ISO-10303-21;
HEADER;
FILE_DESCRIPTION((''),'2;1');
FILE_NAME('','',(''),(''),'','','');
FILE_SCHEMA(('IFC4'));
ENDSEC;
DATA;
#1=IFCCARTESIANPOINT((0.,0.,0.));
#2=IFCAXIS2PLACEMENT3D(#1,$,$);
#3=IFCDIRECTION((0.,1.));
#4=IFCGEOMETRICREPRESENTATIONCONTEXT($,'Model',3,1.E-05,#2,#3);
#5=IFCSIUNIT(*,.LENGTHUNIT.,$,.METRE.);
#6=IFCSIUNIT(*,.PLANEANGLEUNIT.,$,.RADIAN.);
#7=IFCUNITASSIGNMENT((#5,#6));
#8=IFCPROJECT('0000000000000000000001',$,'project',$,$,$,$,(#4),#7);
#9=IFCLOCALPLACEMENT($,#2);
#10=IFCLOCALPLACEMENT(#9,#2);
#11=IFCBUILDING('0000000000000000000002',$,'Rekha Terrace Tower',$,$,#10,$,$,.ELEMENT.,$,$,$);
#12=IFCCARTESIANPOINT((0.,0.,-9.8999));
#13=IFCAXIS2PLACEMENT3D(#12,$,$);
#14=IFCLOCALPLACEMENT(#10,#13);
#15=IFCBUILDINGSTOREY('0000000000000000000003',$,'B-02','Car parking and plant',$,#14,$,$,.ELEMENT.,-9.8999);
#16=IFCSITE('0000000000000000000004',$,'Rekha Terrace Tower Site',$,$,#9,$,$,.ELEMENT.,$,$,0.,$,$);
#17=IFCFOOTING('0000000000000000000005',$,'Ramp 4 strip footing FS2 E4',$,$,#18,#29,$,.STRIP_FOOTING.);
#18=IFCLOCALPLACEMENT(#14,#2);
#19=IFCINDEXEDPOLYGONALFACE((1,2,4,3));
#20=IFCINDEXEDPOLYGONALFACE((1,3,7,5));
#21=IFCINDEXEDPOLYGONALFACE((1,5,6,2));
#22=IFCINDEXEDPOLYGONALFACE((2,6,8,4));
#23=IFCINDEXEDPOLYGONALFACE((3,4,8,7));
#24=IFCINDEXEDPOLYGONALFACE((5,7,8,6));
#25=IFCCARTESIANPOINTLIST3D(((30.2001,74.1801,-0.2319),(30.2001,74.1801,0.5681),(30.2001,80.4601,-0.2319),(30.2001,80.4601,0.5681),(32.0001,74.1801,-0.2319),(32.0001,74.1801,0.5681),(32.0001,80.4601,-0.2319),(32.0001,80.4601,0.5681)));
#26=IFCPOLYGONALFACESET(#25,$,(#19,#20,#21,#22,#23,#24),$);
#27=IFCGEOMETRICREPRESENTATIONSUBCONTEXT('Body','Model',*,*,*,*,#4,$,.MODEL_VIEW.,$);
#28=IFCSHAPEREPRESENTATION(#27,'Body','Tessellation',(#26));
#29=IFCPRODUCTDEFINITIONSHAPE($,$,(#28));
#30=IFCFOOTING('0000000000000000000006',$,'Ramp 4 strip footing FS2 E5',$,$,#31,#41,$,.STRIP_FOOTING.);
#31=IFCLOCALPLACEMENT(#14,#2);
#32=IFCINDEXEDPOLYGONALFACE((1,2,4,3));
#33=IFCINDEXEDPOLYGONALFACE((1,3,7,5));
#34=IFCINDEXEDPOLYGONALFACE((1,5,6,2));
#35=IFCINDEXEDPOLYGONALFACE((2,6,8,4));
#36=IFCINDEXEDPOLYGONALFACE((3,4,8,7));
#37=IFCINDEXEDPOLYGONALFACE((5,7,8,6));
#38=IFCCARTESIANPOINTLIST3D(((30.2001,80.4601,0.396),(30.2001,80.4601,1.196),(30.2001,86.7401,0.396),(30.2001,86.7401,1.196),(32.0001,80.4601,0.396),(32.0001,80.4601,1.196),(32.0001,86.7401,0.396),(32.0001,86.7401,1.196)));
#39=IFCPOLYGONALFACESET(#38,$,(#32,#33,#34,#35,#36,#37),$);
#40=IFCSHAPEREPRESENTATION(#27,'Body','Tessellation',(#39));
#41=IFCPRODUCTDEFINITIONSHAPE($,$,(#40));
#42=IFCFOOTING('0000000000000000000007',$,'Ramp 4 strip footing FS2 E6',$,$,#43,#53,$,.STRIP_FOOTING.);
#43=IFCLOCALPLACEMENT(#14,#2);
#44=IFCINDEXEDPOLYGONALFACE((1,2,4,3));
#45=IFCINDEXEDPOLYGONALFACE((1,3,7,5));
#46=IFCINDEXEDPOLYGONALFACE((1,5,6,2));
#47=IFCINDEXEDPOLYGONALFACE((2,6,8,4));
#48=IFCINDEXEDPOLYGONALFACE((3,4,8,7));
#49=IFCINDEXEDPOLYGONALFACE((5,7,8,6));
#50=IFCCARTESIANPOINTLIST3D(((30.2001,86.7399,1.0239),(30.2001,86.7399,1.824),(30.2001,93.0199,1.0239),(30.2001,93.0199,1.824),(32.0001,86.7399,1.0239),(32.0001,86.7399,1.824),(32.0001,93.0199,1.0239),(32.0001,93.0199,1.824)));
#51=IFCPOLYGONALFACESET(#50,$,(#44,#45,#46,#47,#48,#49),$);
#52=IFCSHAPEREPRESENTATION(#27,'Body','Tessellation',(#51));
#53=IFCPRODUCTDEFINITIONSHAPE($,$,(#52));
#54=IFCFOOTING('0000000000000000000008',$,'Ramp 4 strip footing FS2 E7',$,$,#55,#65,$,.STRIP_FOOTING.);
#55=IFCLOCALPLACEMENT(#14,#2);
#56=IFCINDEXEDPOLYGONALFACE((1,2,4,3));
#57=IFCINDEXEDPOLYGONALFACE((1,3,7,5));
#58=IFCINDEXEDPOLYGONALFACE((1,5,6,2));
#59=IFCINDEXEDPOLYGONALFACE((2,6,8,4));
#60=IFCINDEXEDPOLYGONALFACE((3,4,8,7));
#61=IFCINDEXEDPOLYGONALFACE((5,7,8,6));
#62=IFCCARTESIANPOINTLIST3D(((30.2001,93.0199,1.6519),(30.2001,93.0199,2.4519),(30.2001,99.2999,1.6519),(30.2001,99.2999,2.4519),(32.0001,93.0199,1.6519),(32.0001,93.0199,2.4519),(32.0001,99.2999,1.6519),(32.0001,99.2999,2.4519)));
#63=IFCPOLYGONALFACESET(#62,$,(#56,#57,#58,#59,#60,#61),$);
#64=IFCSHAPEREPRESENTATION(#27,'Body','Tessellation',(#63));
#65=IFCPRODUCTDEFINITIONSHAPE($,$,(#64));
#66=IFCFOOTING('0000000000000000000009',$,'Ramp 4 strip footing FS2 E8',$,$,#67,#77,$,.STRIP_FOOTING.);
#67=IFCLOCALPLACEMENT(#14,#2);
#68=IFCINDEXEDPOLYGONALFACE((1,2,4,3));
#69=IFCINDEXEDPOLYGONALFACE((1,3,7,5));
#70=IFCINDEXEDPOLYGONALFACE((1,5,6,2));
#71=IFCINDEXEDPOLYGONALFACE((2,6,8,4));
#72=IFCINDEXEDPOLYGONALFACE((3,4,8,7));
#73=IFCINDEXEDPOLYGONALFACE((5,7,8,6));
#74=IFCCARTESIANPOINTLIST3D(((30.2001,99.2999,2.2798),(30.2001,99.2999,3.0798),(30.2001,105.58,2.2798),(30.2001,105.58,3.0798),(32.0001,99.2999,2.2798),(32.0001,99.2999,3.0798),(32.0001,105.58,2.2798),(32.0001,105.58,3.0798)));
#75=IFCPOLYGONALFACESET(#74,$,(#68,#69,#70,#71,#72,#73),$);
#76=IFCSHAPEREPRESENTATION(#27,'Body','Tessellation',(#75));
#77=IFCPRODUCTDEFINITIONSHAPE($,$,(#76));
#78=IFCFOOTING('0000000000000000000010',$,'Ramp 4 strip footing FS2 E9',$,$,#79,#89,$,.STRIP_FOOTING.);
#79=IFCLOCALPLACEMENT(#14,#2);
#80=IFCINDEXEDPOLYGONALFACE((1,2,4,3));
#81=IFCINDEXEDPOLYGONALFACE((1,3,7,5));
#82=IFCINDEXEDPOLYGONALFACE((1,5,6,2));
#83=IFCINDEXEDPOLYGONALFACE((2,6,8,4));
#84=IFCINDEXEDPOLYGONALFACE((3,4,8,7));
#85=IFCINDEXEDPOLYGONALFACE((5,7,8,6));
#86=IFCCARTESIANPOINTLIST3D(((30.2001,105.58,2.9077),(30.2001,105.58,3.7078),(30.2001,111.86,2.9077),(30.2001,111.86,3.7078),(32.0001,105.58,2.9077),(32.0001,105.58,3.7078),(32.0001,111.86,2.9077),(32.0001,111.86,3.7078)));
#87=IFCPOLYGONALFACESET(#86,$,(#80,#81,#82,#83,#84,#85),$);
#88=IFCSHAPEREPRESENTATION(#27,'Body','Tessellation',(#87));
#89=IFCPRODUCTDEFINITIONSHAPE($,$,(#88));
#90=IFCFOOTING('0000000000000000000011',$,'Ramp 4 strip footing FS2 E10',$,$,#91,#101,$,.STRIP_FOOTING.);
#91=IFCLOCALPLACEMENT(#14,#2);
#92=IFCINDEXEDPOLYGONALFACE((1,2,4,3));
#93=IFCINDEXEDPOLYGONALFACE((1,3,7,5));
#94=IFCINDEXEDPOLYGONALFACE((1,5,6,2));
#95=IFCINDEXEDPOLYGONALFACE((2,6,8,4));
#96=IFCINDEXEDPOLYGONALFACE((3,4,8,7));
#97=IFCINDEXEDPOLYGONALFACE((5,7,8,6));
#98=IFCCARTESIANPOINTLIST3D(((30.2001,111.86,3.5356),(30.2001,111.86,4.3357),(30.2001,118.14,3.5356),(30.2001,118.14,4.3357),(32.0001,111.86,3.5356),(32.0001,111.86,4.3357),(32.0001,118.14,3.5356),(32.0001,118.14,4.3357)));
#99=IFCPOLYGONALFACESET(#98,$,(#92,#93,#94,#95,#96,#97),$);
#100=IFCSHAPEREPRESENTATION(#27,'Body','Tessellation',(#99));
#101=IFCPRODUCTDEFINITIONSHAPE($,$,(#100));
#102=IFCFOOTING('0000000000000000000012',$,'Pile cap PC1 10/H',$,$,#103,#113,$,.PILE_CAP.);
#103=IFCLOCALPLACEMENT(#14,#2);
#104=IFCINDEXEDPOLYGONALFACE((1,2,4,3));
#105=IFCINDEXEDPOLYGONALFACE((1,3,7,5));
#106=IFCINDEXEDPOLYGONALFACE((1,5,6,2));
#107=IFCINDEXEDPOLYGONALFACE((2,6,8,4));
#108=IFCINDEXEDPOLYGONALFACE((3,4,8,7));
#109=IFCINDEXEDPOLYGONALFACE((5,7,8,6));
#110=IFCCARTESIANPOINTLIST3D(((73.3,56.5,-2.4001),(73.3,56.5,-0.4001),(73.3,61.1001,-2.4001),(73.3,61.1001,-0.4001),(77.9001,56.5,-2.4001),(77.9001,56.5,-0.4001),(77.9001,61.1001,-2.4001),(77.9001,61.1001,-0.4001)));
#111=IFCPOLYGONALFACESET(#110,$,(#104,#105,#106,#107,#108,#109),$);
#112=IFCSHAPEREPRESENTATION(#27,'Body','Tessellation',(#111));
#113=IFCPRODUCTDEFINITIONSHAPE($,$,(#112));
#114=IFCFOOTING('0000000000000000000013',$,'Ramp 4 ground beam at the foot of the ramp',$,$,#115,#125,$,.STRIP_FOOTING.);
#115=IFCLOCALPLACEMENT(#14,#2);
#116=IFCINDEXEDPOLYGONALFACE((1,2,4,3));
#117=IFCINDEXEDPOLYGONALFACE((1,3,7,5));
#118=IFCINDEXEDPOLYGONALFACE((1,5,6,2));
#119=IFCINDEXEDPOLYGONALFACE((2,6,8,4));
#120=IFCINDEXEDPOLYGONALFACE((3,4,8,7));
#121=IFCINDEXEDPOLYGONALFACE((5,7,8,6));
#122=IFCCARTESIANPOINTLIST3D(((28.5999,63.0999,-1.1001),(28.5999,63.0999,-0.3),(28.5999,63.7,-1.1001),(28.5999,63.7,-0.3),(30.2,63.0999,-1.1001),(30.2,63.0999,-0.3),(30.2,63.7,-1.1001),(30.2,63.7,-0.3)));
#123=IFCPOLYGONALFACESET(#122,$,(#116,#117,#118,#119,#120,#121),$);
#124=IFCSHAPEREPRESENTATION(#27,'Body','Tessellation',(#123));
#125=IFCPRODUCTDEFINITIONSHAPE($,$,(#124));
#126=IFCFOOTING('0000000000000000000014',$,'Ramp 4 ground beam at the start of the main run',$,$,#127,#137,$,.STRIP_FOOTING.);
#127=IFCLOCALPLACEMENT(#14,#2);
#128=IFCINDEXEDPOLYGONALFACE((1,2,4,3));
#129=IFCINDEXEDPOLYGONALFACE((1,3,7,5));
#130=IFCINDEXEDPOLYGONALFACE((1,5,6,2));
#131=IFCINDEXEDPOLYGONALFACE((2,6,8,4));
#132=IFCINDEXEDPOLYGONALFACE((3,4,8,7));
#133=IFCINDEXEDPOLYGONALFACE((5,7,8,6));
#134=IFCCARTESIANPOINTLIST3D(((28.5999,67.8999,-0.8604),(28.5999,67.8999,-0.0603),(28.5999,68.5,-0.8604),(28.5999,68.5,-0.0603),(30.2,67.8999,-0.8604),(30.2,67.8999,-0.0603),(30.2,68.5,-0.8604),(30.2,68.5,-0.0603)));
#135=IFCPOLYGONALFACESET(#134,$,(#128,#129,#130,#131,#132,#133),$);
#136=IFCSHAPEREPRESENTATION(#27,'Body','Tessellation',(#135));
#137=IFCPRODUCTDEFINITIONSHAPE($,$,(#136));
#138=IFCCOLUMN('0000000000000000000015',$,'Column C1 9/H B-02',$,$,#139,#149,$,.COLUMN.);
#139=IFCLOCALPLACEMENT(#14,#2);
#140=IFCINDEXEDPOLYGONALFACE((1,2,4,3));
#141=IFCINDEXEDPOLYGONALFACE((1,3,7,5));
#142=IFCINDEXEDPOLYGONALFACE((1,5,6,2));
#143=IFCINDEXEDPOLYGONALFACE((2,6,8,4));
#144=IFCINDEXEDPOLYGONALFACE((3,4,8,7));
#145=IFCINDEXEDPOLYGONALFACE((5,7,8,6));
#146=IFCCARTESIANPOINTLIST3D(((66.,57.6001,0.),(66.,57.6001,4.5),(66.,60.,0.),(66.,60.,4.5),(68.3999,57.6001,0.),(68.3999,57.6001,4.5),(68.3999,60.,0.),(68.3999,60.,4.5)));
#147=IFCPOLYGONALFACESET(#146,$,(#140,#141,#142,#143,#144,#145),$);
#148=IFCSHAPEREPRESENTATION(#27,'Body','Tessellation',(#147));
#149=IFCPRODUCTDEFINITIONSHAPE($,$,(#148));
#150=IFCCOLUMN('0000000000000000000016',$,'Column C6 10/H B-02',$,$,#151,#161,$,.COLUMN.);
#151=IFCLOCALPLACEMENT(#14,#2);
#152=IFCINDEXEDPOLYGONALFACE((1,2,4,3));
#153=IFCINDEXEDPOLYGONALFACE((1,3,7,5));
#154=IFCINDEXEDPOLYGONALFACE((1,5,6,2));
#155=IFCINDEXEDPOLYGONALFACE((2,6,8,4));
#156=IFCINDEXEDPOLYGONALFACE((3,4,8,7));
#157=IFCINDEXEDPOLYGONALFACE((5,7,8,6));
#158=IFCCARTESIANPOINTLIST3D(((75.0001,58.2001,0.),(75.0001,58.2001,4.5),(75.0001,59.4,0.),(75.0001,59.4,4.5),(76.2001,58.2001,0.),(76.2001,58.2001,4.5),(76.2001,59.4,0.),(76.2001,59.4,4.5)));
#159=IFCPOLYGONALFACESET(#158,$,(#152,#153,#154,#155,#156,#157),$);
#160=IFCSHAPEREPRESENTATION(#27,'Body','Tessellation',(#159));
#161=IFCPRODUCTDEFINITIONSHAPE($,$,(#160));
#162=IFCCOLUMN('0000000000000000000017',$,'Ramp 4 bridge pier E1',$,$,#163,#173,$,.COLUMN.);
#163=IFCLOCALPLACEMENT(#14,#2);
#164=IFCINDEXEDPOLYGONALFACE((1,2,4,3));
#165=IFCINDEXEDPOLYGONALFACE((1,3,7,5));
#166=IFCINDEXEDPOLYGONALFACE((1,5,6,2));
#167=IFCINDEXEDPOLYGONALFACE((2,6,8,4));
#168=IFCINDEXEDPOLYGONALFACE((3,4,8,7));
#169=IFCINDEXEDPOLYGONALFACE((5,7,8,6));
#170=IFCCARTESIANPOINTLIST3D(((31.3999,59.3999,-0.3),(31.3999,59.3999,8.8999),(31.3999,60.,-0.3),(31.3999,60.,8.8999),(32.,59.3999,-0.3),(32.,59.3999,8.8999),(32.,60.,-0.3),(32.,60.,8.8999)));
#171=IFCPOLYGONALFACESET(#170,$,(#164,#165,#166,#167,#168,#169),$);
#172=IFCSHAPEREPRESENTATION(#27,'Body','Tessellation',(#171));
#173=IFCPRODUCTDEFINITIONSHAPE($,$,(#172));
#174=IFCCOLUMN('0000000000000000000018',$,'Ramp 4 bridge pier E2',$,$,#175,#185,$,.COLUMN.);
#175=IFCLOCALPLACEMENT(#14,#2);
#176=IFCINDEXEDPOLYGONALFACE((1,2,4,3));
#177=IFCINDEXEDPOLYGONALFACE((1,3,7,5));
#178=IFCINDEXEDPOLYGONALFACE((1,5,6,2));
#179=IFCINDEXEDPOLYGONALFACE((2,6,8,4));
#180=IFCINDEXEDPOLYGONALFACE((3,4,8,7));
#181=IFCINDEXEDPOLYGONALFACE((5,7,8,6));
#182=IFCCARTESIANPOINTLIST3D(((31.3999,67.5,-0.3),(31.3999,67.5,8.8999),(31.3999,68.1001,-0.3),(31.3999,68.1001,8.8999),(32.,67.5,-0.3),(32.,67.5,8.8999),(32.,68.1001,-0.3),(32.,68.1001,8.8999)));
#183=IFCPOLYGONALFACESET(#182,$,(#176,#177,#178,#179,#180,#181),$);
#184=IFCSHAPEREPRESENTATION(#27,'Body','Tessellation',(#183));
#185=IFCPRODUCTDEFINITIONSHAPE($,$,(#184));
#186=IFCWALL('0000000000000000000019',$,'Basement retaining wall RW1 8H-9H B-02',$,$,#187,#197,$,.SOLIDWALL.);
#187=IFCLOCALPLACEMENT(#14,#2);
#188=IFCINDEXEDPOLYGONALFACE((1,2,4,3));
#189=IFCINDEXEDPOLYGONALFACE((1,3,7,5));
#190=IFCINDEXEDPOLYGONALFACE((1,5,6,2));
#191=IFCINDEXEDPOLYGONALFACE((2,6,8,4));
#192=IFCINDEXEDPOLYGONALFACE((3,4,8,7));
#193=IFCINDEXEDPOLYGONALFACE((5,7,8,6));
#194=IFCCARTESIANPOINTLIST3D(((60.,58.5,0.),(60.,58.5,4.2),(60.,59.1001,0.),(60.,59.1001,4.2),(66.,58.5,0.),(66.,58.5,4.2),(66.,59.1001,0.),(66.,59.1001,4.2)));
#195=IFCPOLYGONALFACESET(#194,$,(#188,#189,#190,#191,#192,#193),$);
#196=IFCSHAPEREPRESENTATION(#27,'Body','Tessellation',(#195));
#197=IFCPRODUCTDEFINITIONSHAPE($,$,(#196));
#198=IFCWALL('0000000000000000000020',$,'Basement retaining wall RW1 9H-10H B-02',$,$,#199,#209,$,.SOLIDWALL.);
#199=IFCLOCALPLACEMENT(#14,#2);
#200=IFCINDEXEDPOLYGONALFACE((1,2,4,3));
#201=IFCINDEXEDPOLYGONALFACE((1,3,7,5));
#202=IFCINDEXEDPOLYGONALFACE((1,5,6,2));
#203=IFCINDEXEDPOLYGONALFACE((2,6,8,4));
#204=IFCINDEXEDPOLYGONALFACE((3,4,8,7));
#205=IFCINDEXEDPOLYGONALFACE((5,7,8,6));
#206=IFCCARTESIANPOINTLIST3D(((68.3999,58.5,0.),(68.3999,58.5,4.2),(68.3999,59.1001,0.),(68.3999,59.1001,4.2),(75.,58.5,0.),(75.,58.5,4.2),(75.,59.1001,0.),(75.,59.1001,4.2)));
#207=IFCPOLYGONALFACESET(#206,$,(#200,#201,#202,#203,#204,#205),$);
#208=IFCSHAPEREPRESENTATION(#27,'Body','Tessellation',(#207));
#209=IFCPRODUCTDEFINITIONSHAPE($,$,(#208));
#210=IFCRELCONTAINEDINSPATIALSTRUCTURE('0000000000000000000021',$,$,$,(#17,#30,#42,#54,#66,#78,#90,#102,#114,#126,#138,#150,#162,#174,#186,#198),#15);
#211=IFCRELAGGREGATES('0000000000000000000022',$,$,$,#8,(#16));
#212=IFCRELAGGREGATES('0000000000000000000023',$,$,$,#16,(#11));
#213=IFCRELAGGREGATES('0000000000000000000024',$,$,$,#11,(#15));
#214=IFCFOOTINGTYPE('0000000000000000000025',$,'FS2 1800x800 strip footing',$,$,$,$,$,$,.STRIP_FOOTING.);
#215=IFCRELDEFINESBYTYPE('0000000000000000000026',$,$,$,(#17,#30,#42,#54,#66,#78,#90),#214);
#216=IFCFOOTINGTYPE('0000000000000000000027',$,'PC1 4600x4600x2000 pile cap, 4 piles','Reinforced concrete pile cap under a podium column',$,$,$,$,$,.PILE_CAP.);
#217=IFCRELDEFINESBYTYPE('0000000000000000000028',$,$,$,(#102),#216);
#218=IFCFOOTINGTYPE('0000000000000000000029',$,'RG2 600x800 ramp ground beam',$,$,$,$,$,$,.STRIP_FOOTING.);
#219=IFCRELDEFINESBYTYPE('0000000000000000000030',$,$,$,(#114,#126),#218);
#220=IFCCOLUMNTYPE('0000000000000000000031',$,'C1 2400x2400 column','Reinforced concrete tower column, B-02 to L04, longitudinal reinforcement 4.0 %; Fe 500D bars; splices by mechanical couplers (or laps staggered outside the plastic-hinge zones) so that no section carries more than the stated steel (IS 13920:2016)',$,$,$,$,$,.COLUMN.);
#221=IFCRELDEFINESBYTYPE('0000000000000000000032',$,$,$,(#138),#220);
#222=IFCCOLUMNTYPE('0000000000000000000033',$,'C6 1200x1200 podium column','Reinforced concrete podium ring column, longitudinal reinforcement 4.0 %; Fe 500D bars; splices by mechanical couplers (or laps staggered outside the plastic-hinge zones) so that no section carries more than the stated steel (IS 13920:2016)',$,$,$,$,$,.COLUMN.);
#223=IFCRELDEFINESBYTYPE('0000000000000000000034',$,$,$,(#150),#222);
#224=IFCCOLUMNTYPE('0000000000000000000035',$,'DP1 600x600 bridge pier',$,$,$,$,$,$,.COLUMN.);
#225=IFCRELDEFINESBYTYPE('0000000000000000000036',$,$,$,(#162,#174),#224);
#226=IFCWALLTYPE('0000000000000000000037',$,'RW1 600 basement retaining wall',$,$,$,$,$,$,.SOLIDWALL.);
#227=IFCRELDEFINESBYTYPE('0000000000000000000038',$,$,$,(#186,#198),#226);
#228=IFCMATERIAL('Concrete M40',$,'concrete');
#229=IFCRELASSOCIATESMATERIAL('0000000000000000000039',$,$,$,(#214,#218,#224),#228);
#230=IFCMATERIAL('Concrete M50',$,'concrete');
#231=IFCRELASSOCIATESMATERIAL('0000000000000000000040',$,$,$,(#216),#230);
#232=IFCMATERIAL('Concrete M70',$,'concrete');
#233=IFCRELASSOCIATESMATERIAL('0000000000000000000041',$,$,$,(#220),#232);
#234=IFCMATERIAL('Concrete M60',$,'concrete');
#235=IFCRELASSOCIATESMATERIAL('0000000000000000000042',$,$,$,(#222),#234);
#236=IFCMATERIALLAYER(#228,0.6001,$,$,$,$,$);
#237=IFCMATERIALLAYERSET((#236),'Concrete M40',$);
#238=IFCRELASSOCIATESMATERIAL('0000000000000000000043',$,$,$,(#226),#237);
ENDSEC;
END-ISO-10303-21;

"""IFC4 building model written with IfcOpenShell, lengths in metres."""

from ifc_helpers import new_model, si_unit, direction, frame, frame_2d, origin, origin_2d, place, context, subcontext, project, spatial, rectangle, extrude, material, layer, layer_set, material_profile, profile_set, type_object, element, save


model = new_model("IFC4")

# Units and contexts
model_context = context("Model", 3, precision=1e-05, world=origin(), true_north=direction((0.0, 1.0)))
body_context = subcontext(model_context, "Body", "Model", "MODEL_VIEW")
ifc_project = project(units=[si_unit("LENGTHUNIT", "METRE"), si_unit("PLANEANGLEUNIT", "RADIAN")], contexts=[model_context])

# Site, building, storey
site_placement = place(None, origin())
site = spatial("IfcSite", under=ifc_project, at=site_placement, Name="Rekha Terrace Tower Site", CompositionType="ELEMENT", RefElevation=0.0)
building_placement = place(site_placement, origin())
building = spatial("IfcBuilding", under=site, at=building_placement, Name="Rekha Terrace Tower", CompositionType="ELEMENT")
storey_placement = place(building_placement, frame((0.0, 0.0, -9.8999)))
storey = spatial("IfcBuildingStorey", under=building, at=storey_placement, Name="B-02", Description="Car parking and plant", CompositionType="ELEMENT", Elevation=-9.8999)

# Shared definitions
ifc_material_1 = material(Name="Concrete M50", Category="concrete")

# Footings
ifc_material_2 = material(Name="Concrete M40", Category="concrete")
footing_type_1 = type_object("IfcFootingType", Name="FS2 1800x800 strip footing", PredefinedType="STRIP_FOOTING", material=ifc_material_2)
for number, where, z_axis, x_axis, name in (
    (1, (31.1001, 77.3201, -0.2319), (0.0, 0.0, 1.0), (1.0, 0.0, 0.0), "Ramp 4 strip footing FS2 E4"),
    (2, (31.1001, 83.6001, 0.396), (0.0, 0.0, 1.0), (1.0, 0.0, 0.0), "Ramp 4 strip footing FS2 E5"),
    (3, (31.1001, 89.8799, 1.0239), (0.0, 0.0, 1.0), (1.0, 0.0, 0.0), "Ramp 4 strip footing FS2 E6"),
    (4, (31.1001, 96.1599, 1.6519), (0.0, 0.0, 1.0), (1.0, 0.0, 0.0), "Ramp 4 strip footing FS2 E7"),
    (5, (31.1001, 102.4399, 2.2798), (0.0, 0.0, 1.0), (1.0, 0.0, 0.0), "Ramp 4 strip footing FS2 E8"),
    (6, (31.1001, 108.72, 2.9077), (0.0, 0.0, 1.0), (1.0, 0.0, 0.0), "Ramp 4 strip footing FS2 E9"),
    (7, (31.1001, 115.0, 3.5356), (0.0, 0.0, 1.0), (1.0, 0.0, 0.0), "Ramp 4 strip footing FS2 E10"),
):
    element("IfcFooting", number, at=place(storey_placement, frame(where, z_axis=z_axis, x_axis=x_axis)), inside=storey, type_object=footing_type_1, Name=name, PredefinedType="STRIP_FOOTING", context=body_context, shape_type="SweptSolid", body=[
        extrude(rectangle(XDim=1.8, YDim=6.28, at=origin_2d()), origin(), (0.0, 0.0, 1.0), 0.8),
    ])
footing_type_2 = type_object("IfcFootingType", Name="PC1 4600x4600x2000 pile cap, 4 piles", Description="Reinforced concrete pile cap under a podium column", PredefinedType="PILE_CAP", material=ifc_material_1)
footing_1_placement = place(storey_placement, frame((75.6001, 58.8, -2.4001), z_axis=(0.0, 0.0, 1.0), x_axis=(1.0, 0.0, 0.0)))
element("IfcFooting", 8, at=footing_1_placement, inside=storey, type_object=footing_type_2, Name="Pile cap PC1 10/H", PredefinedType="PILE_CAP", context=body_context, shape_type="SweptSolid", body=[
    extrude(rectangle(XDim=4.6001, YDim=4.6001, at=origin_2d()), origin(), (0.0, 0.0, 1.0), 2.0),
])
footing_type_3 = type_object("IfcFootingType", Name="RG2 600x800 ramp ground beam", PredefinedType="STRIP_FOOTING", material=ifc_material_2)
for number, where, z_axis, x_axis, name in (
    (9, (29.3999, 63.3999, -1.1001), (0.0, 0.0, 1.0), (1.0, 0.0, 0.0), "Ramp 4 ground beam at the foot of the ramp"),
    (10, (29.3999, 68.2, -0.8604), (0.0, 0.0, 1.0), (1.0, 0.0, 0.0), "Ramp 4 ground beam at the start of the main run"),
):
    element("IfcFooting", number, at=place(storey_placement, frame(where, z_axis=z_axis, x_axis=x_axis)), inside=storey, type_object=footing_type_3, Name=name, PredefinedType="STRIP_FOOTING", context=body_context, shape_type="SweptSolid", body=[
        extrude(rectangle(XDim=1.6001, YDim=0.6001, at=origin_2d()), origin(), (0.0, 0.0, 1.0), 0.8),
    ])

# Columns
ifc_material_3 = material(Name="Concrete M70", Category="concrete")
ifc_material_profile_1 = material_profile(ifc_material_3, rectangle(XDim=2.3999, YDim=2.3999, at=origin_2d()), Name="RC 2400x2400")
ifc_profile_set_1 = profile_set([ifc_material_profile_1], Name="Concrete M70")
column_type_1 = type_object("IfcColumnType", Name="C1 2400x2400 column", Description="Reinforced concrete tower column, B-02 to L04, longitudinal reinforcement 4.0 %; Fe 500D bars; splices by mechanical couplers (or laps staggered outside the plastic-hinge zones) so that no section carries more than the stated steel (IS 13920:2016)", PredefinedType="COLUMN", material=ifc_profile_set_1)
column_1_placement = place(storey_placement, frame((67.2, 58.8, 0.0), z_axis=(0.0, 0.0, 1.0), x_axis=(1.0, 0.0, 0.0)))
element("IfcColumn", 11, at=column_1_placement, inside=storey, type_object=column_type_1, Name="Column C1 9/H B-02", PredefinedType="COLUMN", context=body_context, shape_type="SweptSolid", body=[
    extrude(rectangle(XDim=2.3999, YDim=2.3999, at=origin_2d()), origin(), (0.0, 0.0, 1.0), 4.5),
])
ifc_material_4 = material(Name="Concrete M60", Category="concrete")
ifc_material_profile_2 = material_profile(ifc_material_4, rectangle(XDim=1.2, YDim=1.2, at=origin_2d()), Name="RC 1200x1200")
ifc_profile_set_2 = profile_set([ifc_material_profile_2], Name="Concrete M60")
column_type_2 = type_object("IfcColumnType", Name="C6 1200x1200 podium column", Description="Reinforced concrete podium ring column, longitudinal reinforcement 4.0 %; Fe 500D bars; splices by mechanical couplers (or laps staggered outside the plastic-hinge zones) so that no section carries more than the stated steel (IS 13920:2016)", PredefinedType="COLUMN", material=ifc_profile_set_2)
column_2_placement = place(storey_placement, frame((75.6001, 58.8, 0.0), z_axis=(0.0, 0.0, 1.0), x_axis=(1.0, 0.0, 0.0)))
element("IfcColumn", 12, at=column_2_placement, inside=storey, type_object=column_type_2, Name="Column C6 10/H B-02", PredefinedType="COLUMN", context=body_context, shape_type="SweptSolid", body=[
    extrude(rectangle(XDim=1.2, YDim=1.2, at=origin_2d()), origin(), (0.0, 0.0, 1.0), 4.5),
])
ifc_material_profile_3 = material_profile(ifc_material_2, rectangle(XDim=0.6001, YDim=0.6001, at=origin_2d()), Name="RC 600x600")
ifc_profile_set_3 = profile_set([ifc_material_profile_3], Name="Concrete M40")
column_type_3 = type_object("IfcColumnType", Name="DP1 600x600 bridge pier", PredefinedType="COLUMN", material=ifc_profile_set_3)
for number, where, z_axis, x_axis, name in (
    (13, (31.7, 59.7, -0.3), (0.0, 0.0, 1.0), (1.0, 0.0, 0.0), "Ramp 4 bridge pier E1"),
    (14, (31.7, 67.8, -0.3), (0.0, 0.0, 1.0), (1.0, 0.0, 0.0), "Ramp 4 bridge pier E2"),
):
    element("IfcColumn", number, at=place(storey_placement, frame(where, z_axis=z_axis, x_axis=x_axis)), inside=storey, type_object=column_type_3, Name=name, PredefinedType="COLUMN", context=body_context, shape_type="SweptSolid", body=[
        extrude(rectangle(XDim=0.6001, YDim=0.6001, at=origin_2d()), origin(), (0.0, 0.0, 1.0), 9.2),
    ])

# Walls
ifc_layer_1 = layer(ifc_material_2, 0.6001)
ifc_layer_set_1 = layer_set([ifc_layer_1], Name="Concrete M40")
wall_type_1 = type_object("IfcWallType", Name="RW1 600 basement retaining wall", PredefinedType="SOLIDWALL", material=ifc_layer_set_1)
wall_1_placement = place(storey_placement, frame((60.0, 58.8, 0.0), z_axis=(0.0, 0.0, 1.0), x_axis=(1.0, 0.0, 0.0)))
element("IfcWall", 15, at=wall_1_placement, inside=storey, type_object=wall_type_1, Name="Basement retaining wall RW1 8H-9H B-02", PredefinedType="SOLIDWALL", context=body_context, shape_type="SweptSolid", body=[
    extrude(rectangle(XDim=6.0, YDim=0.6001, at=frame_2d((3.0, 0.0))), origin(), (0.0, 0.0, 1.0), 4.2),
])
wall_2_placement = place(storey_placement, frame((68.3999, 58.8, 0.0), z_axis=(0.0, 0.0, 1.0), x_axis=(1.0, 0.0, 0.0)))
element("IfcWall", 16, at=wall_2_placement, inside=storey, type_object=wall_type_1, Name="Basement retaining wall RW1 9H-10H B-02", PredefinedType="SOLIDWALL", context=body_context, shape_type="SweptSolid", body=[
    extrude(rectangle(XDim=6.6001, YDim=0.6001, at=frame_2d((3.3, 0.0))), origin(), (0.0, 0.0, 1.0), 4.2),
])

save(model, "model.ifc")
